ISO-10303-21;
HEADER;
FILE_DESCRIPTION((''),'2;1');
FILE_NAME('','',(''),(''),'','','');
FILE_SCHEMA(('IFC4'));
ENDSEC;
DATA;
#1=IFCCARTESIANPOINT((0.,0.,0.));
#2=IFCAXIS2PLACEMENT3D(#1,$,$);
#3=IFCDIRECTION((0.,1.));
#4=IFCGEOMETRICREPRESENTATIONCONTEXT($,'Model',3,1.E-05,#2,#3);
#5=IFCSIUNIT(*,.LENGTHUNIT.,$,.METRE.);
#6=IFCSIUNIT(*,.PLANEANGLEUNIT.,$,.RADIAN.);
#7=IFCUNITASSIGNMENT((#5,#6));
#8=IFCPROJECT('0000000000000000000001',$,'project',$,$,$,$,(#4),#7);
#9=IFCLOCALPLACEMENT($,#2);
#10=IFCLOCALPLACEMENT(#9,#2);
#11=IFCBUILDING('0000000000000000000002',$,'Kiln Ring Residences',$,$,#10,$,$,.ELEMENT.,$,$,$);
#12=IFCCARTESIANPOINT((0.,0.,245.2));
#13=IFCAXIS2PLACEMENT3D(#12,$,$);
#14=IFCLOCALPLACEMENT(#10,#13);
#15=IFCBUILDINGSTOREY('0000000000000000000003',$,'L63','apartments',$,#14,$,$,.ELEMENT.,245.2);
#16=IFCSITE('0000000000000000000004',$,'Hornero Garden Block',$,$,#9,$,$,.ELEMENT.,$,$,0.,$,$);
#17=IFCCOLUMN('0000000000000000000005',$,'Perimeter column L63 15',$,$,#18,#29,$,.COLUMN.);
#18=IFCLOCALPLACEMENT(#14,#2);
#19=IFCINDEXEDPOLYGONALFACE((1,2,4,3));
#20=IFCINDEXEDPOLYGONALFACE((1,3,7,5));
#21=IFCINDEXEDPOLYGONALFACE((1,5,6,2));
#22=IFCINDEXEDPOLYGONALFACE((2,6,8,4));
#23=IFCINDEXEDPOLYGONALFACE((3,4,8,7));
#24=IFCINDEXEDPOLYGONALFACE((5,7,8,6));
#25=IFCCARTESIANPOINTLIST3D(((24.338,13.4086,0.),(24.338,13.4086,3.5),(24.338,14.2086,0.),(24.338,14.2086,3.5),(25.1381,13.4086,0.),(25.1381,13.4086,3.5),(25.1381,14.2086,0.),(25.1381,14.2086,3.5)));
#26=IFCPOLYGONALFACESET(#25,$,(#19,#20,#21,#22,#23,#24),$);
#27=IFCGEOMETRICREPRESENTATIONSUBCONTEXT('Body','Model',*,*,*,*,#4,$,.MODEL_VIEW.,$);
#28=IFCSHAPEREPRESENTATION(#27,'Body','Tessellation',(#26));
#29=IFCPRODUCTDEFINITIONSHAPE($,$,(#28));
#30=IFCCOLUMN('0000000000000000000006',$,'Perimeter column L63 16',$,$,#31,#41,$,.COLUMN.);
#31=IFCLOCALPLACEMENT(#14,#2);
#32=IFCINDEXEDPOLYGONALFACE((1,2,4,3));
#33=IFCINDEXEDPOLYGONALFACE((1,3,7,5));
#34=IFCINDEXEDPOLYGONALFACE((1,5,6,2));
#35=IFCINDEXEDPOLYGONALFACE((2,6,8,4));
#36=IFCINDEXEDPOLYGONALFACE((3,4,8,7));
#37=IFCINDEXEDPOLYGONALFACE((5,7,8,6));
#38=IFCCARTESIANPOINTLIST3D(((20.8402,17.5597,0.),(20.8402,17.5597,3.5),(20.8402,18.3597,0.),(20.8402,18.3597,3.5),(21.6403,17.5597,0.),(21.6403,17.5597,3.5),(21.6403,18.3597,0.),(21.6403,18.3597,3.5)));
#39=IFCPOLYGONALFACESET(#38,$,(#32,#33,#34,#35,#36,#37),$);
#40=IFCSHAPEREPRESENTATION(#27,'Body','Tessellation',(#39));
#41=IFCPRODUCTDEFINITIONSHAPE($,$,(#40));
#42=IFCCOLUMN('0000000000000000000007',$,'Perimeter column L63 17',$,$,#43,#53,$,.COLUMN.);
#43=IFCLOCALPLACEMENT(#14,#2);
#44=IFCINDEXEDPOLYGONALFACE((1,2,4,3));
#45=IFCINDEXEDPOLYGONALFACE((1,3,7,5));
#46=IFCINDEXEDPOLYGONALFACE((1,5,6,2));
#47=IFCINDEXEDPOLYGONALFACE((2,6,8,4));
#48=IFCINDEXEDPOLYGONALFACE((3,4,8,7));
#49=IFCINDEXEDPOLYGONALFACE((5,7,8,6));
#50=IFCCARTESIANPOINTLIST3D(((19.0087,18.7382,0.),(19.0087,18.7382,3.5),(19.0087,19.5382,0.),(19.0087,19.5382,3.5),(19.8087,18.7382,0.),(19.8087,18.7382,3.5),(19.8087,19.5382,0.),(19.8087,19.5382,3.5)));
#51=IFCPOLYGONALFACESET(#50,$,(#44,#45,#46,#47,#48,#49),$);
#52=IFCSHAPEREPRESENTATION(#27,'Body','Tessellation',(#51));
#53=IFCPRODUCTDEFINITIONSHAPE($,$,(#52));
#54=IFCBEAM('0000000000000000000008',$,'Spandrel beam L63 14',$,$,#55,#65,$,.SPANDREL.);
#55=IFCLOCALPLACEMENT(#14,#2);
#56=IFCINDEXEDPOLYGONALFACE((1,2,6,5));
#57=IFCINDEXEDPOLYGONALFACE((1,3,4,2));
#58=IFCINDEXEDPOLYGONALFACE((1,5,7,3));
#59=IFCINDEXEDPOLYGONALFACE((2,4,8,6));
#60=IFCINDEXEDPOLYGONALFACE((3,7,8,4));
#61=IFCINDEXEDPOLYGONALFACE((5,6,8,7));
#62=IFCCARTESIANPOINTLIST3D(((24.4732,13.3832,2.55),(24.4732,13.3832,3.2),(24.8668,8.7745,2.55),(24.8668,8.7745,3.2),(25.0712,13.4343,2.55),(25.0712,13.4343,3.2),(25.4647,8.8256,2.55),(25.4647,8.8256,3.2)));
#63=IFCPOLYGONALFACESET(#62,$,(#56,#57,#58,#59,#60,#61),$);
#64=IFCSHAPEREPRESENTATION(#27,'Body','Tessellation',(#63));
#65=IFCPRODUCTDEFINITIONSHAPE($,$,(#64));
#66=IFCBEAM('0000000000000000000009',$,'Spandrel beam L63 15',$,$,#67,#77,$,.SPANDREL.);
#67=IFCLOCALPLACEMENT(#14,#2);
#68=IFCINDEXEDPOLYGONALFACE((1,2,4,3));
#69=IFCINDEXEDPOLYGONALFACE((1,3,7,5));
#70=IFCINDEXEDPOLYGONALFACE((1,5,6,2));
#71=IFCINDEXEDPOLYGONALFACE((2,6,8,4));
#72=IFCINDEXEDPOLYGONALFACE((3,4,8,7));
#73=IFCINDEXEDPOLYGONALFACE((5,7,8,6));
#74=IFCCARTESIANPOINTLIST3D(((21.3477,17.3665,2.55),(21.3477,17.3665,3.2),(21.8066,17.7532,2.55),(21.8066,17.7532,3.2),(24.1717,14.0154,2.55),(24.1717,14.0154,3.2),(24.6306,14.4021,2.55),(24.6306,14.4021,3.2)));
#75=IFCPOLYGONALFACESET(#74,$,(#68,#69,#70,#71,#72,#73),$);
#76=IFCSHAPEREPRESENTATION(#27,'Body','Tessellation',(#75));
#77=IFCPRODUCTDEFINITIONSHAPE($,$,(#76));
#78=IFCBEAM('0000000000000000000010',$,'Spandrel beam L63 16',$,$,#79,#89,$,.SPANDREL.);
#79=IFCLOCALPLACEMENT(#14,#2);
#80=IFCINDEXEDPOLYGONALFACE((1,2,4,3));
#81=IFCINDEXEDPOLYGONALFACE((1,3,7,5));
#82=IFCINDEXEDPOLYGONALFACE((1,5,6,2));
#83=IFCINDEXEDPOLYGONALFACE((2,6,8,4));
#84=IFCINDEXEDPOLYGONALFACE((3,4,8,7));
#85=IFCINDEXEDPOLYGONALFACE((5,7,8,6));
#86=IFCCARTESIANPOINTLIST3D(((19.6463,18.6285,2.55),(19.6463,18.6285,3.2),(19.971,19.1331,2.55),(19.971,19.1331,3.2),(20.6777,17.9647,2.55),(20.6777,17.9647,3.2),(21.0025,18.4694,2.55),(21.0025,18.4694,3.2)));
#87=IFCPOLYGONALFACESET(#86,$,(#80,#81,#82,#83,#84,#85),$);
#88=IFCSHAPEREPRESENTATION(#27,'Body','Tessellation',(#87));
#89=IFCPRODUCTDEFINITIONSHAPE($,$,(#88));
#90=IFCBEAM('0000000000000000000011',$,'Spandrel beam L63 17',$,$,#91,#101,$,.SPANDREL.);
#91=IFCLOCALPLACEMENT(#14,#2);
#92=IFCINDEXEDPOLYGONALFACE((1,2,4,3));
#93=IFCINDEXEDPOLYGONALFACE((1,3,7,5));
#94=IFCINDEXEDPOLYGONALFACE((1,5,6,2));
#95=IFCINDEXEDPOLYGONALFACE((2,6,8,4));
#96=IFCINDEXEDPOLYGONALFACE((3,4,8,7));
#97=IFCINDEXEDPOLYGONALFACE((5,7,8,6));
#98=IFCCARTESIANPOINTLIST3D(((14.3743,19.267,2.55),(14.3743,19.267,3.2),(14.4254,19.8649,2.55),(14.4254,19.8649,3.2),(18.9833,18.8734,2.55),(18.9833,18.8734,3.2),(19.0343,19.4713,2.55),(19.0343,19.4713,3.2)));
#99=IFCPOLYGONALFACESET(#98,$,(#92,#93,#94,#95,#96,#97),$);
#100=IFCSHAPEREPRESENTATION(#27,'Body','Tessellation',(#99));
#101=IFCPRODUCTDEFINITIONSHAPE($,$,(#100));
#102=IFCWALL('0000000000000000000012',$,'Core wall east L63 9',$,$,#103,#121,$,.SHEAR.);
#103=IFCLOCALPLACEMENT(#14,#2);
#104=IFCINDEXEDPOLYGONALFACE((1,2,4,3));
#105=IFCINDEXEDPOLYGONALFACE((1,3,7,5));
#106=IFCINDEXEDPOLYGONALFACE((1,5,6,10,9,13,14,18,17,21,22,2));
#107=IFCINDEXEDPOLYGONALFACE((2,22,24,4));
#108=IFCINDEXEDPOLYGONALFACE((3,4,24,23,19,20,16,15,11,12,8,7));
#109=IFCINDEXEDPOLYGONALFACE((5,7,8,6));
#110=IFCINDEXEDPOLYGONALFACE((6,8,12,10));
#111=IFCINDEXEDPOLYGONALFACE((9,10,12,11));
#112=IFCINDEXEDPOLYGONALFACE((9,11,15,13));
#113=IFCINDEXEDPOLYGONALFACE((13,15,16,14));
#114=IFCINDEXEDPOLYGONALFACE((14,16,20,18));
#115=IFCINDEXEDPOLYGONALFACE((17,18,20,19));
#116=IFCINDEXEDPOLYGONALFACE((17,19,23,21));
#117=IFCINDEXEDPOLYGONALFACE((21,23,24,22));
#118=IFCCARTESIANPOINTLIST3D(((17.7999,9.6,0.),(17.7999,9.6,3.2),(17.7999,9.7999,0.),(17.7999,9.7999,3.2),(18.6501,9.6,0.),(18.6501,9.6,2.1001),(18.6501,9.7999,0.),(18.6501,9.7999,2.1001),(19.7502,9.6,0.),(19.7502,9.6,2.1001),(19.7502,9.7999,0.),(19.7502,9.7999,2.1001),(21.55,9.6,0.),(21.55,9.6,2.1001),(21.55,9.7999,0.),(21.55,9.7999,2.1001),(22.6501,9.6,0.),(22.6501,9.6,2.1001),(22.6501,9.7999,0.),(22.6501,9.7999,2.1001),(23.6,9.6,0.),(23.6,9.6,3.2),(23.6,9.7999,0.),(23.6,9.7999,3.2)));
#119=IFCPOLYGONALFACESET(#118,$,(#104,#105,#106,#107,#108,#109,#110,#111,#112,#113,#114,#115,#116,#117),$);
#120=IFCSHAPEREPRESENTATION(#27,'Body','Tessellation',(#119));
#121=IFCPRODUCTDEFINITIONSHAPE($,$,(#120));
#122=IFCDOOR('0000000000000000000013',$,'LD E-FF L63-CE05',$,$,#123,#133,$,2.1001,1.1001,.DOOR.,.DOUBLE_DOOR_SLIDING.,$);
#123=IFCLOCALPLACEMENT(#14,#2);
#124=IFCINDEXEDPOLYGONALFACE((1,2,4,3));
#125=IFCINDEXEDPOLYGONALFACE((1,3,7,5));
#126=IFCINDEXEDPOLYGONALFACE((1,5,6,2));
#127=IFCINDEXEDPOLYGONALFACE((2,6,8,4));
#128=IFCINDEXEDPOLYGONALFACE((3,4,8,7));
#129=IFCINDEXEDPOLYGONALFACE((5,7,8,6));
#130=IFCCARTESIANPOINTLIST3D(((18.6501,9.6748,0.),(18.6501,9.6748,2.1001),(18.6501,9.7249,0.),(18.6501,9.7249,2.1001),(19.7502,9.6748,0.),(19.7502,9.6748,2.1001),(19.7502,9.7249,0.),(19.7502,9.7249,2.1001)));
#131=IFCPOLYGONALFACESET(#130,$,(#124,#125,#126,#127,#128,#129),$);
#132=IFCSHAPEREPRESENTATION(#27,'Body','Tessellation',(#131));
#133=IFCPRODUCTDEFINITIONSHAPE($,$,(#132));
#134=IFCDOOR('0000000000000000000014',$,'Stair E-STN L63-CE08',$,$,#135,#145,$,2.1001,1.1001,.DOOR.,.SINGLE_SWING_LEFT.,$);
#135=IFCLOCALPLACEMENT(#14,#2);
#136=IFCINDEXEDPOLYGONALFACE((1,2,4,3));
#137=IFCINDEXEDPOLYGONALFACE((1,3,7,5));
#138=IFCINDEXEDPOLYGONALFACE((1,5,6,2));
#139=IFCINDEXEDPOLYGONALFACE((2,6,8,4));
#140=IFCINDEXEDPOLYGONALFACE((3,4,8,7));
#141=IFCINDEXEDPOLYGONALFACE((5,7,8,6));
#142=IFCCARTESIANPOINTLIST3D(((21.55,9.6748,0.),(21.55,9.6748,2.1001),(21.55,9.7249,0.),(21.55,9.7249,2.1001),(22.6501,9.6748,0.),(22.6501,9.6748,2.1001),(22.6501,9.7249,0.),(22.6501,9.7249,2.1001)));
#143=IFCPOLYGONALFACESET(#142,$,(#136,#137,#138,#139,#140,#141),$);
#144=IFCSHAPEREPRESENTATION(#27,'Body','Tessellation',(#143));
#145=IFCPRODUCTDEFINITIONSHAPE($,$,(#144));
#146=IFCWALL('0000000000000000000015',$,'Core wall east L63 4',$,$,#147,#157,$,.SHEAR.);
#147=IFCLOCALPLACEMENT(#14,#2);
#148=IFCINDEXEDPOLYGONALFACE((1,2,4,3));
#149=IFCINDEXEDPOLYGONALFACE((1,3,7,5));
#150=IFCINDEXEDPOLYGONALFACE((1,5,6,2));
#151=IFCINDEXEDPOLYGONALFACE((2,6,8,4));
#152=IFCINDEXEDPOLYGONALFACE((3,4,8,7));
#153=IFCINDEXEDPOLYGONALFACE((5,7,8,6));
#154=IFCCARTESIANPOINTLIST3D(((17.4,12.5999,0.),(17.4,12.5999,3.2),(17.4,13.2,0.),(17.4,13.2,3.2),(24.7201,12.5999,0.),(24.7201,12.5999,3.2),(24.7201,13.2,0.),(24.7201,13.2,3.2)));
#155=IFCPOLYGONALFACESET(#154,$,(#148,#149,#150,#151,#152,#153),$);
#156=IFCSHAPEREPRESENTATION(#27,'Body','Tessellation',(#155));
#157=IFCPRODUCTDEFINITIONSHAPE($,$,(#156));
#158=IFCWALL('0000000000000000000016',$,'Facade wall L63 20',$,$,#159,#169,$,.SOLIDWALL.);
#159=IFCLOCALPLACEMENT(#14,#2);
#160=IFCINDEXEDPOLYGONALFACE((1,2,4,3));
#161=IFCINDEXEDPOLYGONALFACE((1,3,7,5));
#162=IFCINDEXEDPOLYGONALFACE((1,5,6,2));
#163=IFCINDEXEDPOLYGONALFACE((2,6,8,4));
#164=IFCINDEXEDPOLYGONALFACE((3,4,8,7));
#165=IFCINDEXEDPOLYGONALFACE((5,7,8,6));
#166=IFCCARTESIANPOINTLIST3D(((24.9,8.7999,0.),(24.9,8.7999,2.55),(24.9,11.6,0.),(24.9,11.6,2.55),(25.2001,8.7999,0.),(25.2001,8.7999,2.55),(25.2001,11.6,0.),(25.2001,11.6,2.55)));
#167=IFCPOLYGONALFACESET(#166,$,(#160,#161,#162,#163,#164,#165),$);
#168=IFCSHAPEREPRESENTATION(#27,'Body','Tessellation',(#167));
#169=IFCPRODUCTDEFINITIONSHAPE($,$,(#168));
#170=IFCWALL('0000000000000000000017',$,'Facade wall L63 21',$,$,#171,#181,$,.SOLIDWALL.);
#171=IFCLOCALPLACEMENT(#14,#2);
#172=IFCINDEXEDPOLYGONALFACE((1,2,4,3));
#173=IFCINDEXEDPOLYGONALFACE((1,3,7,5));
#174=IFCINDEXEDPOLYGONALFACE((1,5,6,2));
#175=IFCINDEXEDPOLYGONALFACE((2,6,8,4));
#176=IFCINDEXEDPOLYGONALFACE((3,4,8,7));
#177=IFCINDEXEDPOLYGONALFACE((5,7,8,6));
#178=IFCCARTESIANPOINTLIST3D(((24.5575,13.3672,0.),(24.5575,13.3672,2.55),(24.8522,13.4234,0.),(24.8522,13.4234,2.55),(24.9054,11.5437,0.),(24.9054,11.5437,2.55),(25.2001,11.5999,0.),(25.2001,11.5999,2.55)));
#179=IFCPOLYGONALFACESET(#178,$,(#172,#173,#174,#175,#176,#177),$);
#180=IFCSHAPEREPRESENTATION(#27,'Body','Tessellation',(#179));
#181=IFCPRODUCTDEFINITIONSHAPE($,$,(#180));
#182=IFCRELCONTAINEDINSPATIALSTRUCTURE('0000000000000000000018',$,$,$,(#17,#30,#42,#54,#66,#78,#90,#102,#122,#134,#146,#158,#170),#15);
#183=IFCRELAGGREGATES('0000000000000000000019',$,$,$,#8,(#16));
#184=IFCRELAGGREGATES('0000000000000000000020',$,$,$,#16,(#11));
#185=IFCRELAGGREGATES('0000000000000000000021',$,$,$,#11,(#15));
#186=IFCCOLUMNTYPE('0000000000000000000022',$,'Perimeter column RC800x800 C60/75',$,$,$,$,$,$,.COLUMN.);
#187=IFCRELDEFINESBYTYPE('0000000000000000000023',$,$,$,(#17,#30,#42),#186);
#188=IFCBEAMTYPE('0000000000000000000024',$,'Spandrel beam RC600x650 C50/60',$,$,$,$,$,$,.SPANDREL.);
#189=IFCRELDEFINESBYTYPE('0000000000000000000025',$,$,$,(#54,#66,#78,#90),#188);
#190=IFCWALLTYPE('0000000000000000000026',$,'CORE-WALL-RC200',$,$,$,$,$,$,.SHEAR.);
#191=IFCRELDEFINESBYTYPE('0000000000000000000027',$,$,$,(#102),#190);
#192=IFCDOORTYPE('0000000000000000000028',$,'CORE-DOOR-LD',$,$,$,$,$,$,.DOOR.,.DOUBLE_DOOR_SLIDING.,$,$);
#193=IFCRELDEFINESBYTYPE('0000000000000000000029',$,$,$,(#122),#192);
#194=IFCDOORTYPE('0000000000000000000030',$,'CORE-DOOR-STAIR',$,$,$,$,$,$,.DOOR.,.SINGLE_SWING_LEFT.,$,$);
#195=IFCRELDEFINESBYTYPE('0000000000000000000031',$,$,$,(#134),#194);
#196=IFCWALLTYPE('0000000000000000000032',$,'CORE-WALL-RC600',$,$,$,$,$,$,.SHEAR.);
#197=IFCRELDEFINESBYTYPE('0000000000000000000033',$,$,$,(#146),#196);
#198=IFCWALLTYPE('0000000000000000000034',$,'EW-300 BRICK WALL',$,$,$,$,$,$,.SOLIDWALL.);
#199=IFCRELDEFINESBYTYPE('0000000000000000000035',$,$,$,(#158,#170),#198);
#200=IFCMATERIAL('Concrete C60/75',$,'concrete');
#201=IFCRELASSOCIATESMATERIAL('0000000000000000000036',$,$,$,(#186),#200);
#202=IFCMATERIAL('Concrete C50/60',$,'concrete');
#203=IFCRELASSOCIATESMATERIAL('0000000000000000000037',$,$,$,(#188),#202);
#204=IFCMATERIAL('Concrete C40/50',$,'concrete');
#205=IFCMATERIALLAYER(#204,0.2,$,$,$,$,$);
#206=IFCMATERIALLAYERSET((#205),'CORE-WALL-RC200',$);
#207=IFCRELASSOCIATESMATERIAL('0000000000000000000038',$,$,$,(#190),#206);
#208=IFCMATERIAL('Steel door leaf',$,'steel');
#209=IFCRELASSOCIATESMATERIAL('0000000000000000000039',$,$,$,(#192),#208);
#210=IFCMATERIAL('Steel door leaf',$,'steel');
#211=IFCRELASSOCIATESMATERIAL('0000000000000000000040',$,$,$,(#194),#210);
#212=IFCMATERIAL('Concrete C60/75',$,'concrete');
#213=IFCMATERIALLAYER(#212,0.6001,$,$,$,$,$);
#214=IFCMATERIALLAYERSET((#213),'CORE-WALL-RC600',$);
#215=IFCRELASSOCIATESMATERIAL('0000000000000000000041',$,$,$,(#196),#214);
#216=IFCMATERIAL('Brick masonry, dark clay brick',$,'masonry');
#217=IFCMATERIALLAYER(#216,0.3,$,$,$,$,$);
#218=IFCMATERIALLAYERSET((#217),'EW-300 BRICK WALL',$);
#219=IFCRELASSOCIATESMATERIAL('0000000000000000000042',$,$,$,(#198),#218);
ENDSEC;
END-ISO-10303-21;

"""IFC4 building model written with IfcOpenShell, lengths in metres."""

from ifc_helpers import new_model, si_unit, direction, frame, frame_2d, origin, origin_2d, place, context, subcontext, project, spatial, rectangle, extrude, material, layer, layer_set, material_profile, profile_set, type_object, element, fill, save


model = new_model("IFC4")

# Units and contexts
model_context = context("Model", 3, precision=1e-05, world=origin(), true_north=direction((0.0, 1.0)))
body_context = subcontext(model_context, "Body", "Model", "MODEL_VIEW")
ifc_project = project(units=[si_unit("LENGTHUNIT", "METRE"), si_unit("PLANEANGLEUNIT", "RADIAN")], contexts=[model_context])

# Site, building, storey
site_placement = place(None, origin())
site = spatial("IfcSite", under=ifc_project, at=site_placement, Name="Hornero Garden Block", CompositionType="ELEMENT", RefElevation=0.0)
building_placement = place(site_placement, origin())
building = spatial("IfcBuilding", under=site, at=building_placement, Name="Kiln Ring Residences", CompositionType="ELEMENT")
storey_placement = place(building_placement, frame((0.0, 0.0, 245.2)))
storey = spatial("IfcBuildingStorey", under=building, at=storey_placement, Name="L63", Description="apartments", CompositionType="ELEMENT", Elevation=245.2)

# Columns
ifc_material_1 = material(Name="Concrete C60/75", Category="concrete")
ifc_material_profile_1 = material_profile(ifc_material_1, rectangle(XDim=0.8, YDim=0.8, at=origin_2d()), Name="RC800x800")
ifc_profile_set_1 = profile_set([ifc_material_profile_1], Name="Concrete C60/75")
column_type = type_object("IfcColumnType", Name="Perimeter column RC800x800 C60/75", PredefinedType="COLUMN", material=ifc_profile_set_1)
for number, where, z_axis, x_axis, name in (
    (1, (24.738, 13.8086, 0.0), (0.0, 0.0, 1.0), (1.0, 0.0, 0.0), "Perimeter column L63 15"),
    (2, (21.2402, 17.9597, 0.0), (0.0, 0.0, 1.0), (1.0, 0.0, 0.0), "Perimeter column L63 16"),
    (3, (19.4087, 19.1382, 0.0), (0.0, 0.0, 1.0), (1.0, 0.0, 0.0), "Perimeter column L63 17"),
):
    element("IfcColumn", number, at=place(storey_placement, frame(where, z_axis=z_axis, x_axis=x_axis)), inside=storey, type_object=column_type, Name=name, PredefinedType="COLUMN", context=body_context, shape_type="SweptSolid", body=[
        extrude(rectangle(XDim=0.8, YDim=0.8, at=origin_2d()), origin(), (0.0, 0.0, 1.0), 3.5),
    ])

# Beams
ifc_material_2 = material(Name="Concrete C50/60", Category="concrete")
ifc_material_profile_2 = material_profile(ifc_material_2, rectangle(XDim=0.6001, YDim=0.6499, at=origin_2d()), Name="RC600x650")
ifc_profile_set_2 = profile_set([ifc_material_profile_2], Name="Concrete C50/60")
beam_type = type_object("IfcBeamType", Name="Spandrel beam RC600x650 C50/60", PredefinedType="SPANDREL", material=ifc_profile_set_2)
beam_1_placement = place(storey_placement, frame((25.1658, 8.8, 2.875), z_axis=(-0.085085, 0.996374, 0.0), x_axis=(-0.996374, -0.085085, 0.0)))
element("IfcBeam", 4, at=beam_1_placement, inside=storey, type_object=beam_type, Name="Spandrel beam L63 14", PredefinedType="SPANDREL", context=body_context, shape_type="SweptSolid", body=[
    extrude(rectangle(XDim=0.6001, YDim=0.6499, at=origin_2d()), origin(), (0.0, 0.0, 1.0), 4.6255),
])
beam_2_placement = place(storey_placement, frame((24.4011, 14.2087, 2.875), z_axis=(-0.644405, 0.764684, 0.0), x_axis=(-0.764684, -0.644405, 0.0)))
element("IfcBeam", 5, at=beam_2_placement, inside=storey, type_object=beam_type, Name="Spandrel beam L63 15", PredefinedType="SPANDREL", context=body_context, shape_type="SweptSolid", body=[
    extrude(rectangle(XDim=0.6001, YDim=0.6499, at=origin_2d()), origin(), (0.0, 0.0, 1.0), 4.3823),
])
beam_3_placement = place(storey_placement, frame((20.8401, 18.217, 2.875), z_axis=(-0.840913, 0.54117, 0.0), x_axis=(-0.54117, -0.840913, 0.0)))
element("IfcBeam", 6, at=beam_3_placement, inside=storey, type_object=beam_type, Name="Spandrel beam L63 16", PredefinedType="SPANDREL", context=body_context, shape_type="SweptSolid", body=[
    extrude(rectangle(XDim=0.6001, YDim=0.6499, at=origin_2d()), origin(), (0.0, 0.0, 1.0), 1.2266),
])
beam_4_placement = place(storey_placement, frame((19.0088, 19.1724, 2.875), z_axis=(-0.996374, 0.085081, 0.0), x_axis=(-0.085081, -0.996374, 0.0)))
element("IfcBeam", 7, at=beam_4_placement, inside=storey, type_object=beam_type, Name="Spandrel beam L63 17", PredefinedType="SPANDREL", context=body_context, shape_type="SweptSolid", body=[
    extrude(rectangle(XDim=0.6001, YDim=0.6499, at=origin_2d()), origin(), (0.0, 0.0, 1.0), 4.6257),
])

# Wall, openings, doors
ifc_material_3 = material(Name="Concrete C40/50", Category="concrete")
ifc_layer_1 = layer(ifc_material_3, 0.2)
ifc_layer_set_1 = layer_set([ifc_layer_1], Name="CORE-WALL-RC200")
wall_type_1 = type_object("IfcWallType", Name="CORE-WALL-RC200", PredefinedType="SHEAR", material=ifc_layer_set_1)
wall_1_placement = place(storey_placement, frame((17.8, 9.7, 0.0), z_axis=(0.0, 0.0, 1.0), x_axis=(1.0, 0.0, 0.0)))
wall_1 = element("IfcWall", 8, at=wall_1_placement, inside=storey, type_object=wall_type_1, Name="Core wall east L63 9", PredefinedType="SHEAR", context=body_context, shape_type="SweptSolid", body=[
    extrude(rectangle(XDim=5.8, YDim=0.2, at=frame_2d((2.8999, 0.0))), origin(), (0.0, 0.0, 1.0), 3.2),
])
opening_1_placement = place(wall_1_placement, frame((0.8501, 0.0, 0.0)))
opening_1 = element("IfcOpeningElement", 9, at=opening_1_placement, cuts=wall_1, PredefinedType="OPENING", context=body_context, shape_type="SweptSolid", body=[
    extrude(rectangle(XDim=1.1001, YDim=2.1001, at=frame_2d((0.55, 1.05))), frame((0.0, 0.1099, 0.0), z_axis=(0.0, -1.0, 0.0), x_axis=(1.0, 0.0, 0.0)), (0.0, 0.0, 1.0), 0.22),
])
opening_2_placement = place(wall_1_placement, frame((3.75, 0.0, 0.0)))
opening_2 = element("IfcOpeningElement", 10, at=opening_2_placement, cuts=wall_1, PredefinedType="OPENING", context=body_context, shape_type="SweptSolid", body=[
    extrude(rectangle(XDim=1.1001, YDim=2.1001, at=frame_2d((0.55, 1.05))), frame((0.0, 0.1099, 0.0), z_axis=(0.0, -1.0, 0.0), x_axis=(1.0, 0.0, 0.0)), (0.0, 0.0, 1.0), 0.22),
])
ifc_material_4 = material(Name="Steel door leaf", Category="steel")
door_type_1 = type_object("IfcDoorType", Name="CORE-DOOR-LD", OperationType="DOUBLE_DOOR_SLIDING", PredefinedType="DOOR", material=ifc_material_4)
door_1_placement = place(opening_1_placement, origin())
door_1 = element("IfcDoor", 11, at=door_1_placement, inside=storey, type_object=door_type_1, Name="LD E-FF L63-CE05", OperationType="DOUBLE_DOOR_SLIDING", OverallHeight=2.1001, OverallWidth=1.1001, PredefinedType="DOOR", context=body_context, shape_type="SweptSolid", body=[
    extrude(rectangle(XDim=1.1001, YDim=2.1001, at=frame_2d((0.55, 1.05))), frame((0.0, 0.0249, 0.0), z_axis=(0.0, -1.0, 0.0), x_axis=(1.0, 0.0, 0.0)), (0.0, 0.0, 1.0), 0.05),
])
fill(opening_1, door_1)
ifc_material_5 = material(Name="Steel door leaf", Category="steel")
door_type_2 = type_object("IfcDoorType", Name="CORE-DOOR-STAIR", OperationType="SINGLE_SWING_LEFT", PredefinedType="DOOR", material=ifc_material_5)
door_2_placement = place(opening_2_placement, origin())
door_2 = element("IfcDoor", 12, at=door_2_placement, inside=storey, type_object=door_type_2, Name="Stair E-STN L63-CE08", OperationType="SINGLE_SWING_LEFT", OverallHeight=2.1001, OverallWidth=1.1001, PredefinedType="DOOR", context=body_context, shape_type="SweptSolid", body=[
    extrude(rectangle(XDim=1.1001, YDim=2.1001, at=frame_2d((0.55, 1.05))), frame((0.0, 0.0249, 0.0), z_axis=(0.0, -1.0, 0.0), x_axis=(1.0, 0.0, 0.0)), (0.0, 0.0, 1.0), 0.05),
])
fill(opening_2, door_2)

# Walls
ifc_material_6 = material(Name="Concrete C60/75", Category="concrete")
ifc_layer_2 = layer(ifc_material_6, 0.6001)
ifc_layer_set_2 = layer_set([ifc_layer_2], Name="CORE-WALL-RC600")
wall_type_2 = type_object("IfcWallType", Name="CORE-WALL-RC600", PredefinedType="SHEAR", material=ifc_layer_set_2)
wall_2_placement = place(storey_placement, frame((17.3999, 12.8999, 0.0), z_axis=(0.0, 0.0, 1.0), x_axis=(1.0, 0.0, 0.0)))
element("IfcWall", 13, at=wall_2_placement, inside=storey, type_object=wall_type_2, Name="Core wall east L63 4", PredefinedType="SHEAR", context=body_context, shape_type="SweptSolid", body=[
    extrude(rectangle(XDim=7.3201, YDim=0.6001, at=frame_2d((3.6602, 0.0))), origin(), (0.0, 0.0, 1.0), 3.2),
])
ifc_material_7 = material(Name="Brick masonry, dark clay brick", Category="masonry")
ifc_layer_3 = layer(ifc_material_7, 0.3)
ifc_layer_set_3 = layer_set([ifc_layer_3], Name="EW-300 BRICK WALL")
wall_type_3 = type_object("IfcWallType", Name="EW-300 BRICK WALL", PredefinedType="SOLIDWALL", material=ifc_layer_set_3)
wall_3_placement = place(storey_placement, frame((25.05, 8.8, 0.0), z_axis=(0.0, 0.0, 1.0), x_axis=(0.0, 1.0, 0.0)))
element("IfcWall", 14, at=wall_3_placement, inside=storey, type_object=wall_type_3, Name="Facade wall L63 20", PredefinedType="SOLIDWALL", context=body_context, shape_type="SweptSolid", body=[
    extrude(rectangle(XDim=2.8, YDim=0.3, at=frame_2d((1.3999, 0.0))), origin(), (0.0, 0.0, 1.0), 2.55),
])
wall_4_placement = place(storey_placement, frame((25.0527, 11.5718, 0.0), z_axis=(0.0, 0.0, 1.0), x_axis=(-0.187408, 0.982282, 0.0)))
element("IfcWall", 15, at=wall_4_placement, inside=storey, type_object=wall_type_3, Name="Facade wall L63 21", PredefinedType="SOLIDWALL", context=body_context, shape_type="SweptSolid", body=[
    extrude(rectangle(XDim=1.8564, YDim=0.3, at=frame_2d((0.9282, 0.0))), origin(), (0.0, 0.0, 1.0), 2.55),
])

save(model, "model.ifc")
